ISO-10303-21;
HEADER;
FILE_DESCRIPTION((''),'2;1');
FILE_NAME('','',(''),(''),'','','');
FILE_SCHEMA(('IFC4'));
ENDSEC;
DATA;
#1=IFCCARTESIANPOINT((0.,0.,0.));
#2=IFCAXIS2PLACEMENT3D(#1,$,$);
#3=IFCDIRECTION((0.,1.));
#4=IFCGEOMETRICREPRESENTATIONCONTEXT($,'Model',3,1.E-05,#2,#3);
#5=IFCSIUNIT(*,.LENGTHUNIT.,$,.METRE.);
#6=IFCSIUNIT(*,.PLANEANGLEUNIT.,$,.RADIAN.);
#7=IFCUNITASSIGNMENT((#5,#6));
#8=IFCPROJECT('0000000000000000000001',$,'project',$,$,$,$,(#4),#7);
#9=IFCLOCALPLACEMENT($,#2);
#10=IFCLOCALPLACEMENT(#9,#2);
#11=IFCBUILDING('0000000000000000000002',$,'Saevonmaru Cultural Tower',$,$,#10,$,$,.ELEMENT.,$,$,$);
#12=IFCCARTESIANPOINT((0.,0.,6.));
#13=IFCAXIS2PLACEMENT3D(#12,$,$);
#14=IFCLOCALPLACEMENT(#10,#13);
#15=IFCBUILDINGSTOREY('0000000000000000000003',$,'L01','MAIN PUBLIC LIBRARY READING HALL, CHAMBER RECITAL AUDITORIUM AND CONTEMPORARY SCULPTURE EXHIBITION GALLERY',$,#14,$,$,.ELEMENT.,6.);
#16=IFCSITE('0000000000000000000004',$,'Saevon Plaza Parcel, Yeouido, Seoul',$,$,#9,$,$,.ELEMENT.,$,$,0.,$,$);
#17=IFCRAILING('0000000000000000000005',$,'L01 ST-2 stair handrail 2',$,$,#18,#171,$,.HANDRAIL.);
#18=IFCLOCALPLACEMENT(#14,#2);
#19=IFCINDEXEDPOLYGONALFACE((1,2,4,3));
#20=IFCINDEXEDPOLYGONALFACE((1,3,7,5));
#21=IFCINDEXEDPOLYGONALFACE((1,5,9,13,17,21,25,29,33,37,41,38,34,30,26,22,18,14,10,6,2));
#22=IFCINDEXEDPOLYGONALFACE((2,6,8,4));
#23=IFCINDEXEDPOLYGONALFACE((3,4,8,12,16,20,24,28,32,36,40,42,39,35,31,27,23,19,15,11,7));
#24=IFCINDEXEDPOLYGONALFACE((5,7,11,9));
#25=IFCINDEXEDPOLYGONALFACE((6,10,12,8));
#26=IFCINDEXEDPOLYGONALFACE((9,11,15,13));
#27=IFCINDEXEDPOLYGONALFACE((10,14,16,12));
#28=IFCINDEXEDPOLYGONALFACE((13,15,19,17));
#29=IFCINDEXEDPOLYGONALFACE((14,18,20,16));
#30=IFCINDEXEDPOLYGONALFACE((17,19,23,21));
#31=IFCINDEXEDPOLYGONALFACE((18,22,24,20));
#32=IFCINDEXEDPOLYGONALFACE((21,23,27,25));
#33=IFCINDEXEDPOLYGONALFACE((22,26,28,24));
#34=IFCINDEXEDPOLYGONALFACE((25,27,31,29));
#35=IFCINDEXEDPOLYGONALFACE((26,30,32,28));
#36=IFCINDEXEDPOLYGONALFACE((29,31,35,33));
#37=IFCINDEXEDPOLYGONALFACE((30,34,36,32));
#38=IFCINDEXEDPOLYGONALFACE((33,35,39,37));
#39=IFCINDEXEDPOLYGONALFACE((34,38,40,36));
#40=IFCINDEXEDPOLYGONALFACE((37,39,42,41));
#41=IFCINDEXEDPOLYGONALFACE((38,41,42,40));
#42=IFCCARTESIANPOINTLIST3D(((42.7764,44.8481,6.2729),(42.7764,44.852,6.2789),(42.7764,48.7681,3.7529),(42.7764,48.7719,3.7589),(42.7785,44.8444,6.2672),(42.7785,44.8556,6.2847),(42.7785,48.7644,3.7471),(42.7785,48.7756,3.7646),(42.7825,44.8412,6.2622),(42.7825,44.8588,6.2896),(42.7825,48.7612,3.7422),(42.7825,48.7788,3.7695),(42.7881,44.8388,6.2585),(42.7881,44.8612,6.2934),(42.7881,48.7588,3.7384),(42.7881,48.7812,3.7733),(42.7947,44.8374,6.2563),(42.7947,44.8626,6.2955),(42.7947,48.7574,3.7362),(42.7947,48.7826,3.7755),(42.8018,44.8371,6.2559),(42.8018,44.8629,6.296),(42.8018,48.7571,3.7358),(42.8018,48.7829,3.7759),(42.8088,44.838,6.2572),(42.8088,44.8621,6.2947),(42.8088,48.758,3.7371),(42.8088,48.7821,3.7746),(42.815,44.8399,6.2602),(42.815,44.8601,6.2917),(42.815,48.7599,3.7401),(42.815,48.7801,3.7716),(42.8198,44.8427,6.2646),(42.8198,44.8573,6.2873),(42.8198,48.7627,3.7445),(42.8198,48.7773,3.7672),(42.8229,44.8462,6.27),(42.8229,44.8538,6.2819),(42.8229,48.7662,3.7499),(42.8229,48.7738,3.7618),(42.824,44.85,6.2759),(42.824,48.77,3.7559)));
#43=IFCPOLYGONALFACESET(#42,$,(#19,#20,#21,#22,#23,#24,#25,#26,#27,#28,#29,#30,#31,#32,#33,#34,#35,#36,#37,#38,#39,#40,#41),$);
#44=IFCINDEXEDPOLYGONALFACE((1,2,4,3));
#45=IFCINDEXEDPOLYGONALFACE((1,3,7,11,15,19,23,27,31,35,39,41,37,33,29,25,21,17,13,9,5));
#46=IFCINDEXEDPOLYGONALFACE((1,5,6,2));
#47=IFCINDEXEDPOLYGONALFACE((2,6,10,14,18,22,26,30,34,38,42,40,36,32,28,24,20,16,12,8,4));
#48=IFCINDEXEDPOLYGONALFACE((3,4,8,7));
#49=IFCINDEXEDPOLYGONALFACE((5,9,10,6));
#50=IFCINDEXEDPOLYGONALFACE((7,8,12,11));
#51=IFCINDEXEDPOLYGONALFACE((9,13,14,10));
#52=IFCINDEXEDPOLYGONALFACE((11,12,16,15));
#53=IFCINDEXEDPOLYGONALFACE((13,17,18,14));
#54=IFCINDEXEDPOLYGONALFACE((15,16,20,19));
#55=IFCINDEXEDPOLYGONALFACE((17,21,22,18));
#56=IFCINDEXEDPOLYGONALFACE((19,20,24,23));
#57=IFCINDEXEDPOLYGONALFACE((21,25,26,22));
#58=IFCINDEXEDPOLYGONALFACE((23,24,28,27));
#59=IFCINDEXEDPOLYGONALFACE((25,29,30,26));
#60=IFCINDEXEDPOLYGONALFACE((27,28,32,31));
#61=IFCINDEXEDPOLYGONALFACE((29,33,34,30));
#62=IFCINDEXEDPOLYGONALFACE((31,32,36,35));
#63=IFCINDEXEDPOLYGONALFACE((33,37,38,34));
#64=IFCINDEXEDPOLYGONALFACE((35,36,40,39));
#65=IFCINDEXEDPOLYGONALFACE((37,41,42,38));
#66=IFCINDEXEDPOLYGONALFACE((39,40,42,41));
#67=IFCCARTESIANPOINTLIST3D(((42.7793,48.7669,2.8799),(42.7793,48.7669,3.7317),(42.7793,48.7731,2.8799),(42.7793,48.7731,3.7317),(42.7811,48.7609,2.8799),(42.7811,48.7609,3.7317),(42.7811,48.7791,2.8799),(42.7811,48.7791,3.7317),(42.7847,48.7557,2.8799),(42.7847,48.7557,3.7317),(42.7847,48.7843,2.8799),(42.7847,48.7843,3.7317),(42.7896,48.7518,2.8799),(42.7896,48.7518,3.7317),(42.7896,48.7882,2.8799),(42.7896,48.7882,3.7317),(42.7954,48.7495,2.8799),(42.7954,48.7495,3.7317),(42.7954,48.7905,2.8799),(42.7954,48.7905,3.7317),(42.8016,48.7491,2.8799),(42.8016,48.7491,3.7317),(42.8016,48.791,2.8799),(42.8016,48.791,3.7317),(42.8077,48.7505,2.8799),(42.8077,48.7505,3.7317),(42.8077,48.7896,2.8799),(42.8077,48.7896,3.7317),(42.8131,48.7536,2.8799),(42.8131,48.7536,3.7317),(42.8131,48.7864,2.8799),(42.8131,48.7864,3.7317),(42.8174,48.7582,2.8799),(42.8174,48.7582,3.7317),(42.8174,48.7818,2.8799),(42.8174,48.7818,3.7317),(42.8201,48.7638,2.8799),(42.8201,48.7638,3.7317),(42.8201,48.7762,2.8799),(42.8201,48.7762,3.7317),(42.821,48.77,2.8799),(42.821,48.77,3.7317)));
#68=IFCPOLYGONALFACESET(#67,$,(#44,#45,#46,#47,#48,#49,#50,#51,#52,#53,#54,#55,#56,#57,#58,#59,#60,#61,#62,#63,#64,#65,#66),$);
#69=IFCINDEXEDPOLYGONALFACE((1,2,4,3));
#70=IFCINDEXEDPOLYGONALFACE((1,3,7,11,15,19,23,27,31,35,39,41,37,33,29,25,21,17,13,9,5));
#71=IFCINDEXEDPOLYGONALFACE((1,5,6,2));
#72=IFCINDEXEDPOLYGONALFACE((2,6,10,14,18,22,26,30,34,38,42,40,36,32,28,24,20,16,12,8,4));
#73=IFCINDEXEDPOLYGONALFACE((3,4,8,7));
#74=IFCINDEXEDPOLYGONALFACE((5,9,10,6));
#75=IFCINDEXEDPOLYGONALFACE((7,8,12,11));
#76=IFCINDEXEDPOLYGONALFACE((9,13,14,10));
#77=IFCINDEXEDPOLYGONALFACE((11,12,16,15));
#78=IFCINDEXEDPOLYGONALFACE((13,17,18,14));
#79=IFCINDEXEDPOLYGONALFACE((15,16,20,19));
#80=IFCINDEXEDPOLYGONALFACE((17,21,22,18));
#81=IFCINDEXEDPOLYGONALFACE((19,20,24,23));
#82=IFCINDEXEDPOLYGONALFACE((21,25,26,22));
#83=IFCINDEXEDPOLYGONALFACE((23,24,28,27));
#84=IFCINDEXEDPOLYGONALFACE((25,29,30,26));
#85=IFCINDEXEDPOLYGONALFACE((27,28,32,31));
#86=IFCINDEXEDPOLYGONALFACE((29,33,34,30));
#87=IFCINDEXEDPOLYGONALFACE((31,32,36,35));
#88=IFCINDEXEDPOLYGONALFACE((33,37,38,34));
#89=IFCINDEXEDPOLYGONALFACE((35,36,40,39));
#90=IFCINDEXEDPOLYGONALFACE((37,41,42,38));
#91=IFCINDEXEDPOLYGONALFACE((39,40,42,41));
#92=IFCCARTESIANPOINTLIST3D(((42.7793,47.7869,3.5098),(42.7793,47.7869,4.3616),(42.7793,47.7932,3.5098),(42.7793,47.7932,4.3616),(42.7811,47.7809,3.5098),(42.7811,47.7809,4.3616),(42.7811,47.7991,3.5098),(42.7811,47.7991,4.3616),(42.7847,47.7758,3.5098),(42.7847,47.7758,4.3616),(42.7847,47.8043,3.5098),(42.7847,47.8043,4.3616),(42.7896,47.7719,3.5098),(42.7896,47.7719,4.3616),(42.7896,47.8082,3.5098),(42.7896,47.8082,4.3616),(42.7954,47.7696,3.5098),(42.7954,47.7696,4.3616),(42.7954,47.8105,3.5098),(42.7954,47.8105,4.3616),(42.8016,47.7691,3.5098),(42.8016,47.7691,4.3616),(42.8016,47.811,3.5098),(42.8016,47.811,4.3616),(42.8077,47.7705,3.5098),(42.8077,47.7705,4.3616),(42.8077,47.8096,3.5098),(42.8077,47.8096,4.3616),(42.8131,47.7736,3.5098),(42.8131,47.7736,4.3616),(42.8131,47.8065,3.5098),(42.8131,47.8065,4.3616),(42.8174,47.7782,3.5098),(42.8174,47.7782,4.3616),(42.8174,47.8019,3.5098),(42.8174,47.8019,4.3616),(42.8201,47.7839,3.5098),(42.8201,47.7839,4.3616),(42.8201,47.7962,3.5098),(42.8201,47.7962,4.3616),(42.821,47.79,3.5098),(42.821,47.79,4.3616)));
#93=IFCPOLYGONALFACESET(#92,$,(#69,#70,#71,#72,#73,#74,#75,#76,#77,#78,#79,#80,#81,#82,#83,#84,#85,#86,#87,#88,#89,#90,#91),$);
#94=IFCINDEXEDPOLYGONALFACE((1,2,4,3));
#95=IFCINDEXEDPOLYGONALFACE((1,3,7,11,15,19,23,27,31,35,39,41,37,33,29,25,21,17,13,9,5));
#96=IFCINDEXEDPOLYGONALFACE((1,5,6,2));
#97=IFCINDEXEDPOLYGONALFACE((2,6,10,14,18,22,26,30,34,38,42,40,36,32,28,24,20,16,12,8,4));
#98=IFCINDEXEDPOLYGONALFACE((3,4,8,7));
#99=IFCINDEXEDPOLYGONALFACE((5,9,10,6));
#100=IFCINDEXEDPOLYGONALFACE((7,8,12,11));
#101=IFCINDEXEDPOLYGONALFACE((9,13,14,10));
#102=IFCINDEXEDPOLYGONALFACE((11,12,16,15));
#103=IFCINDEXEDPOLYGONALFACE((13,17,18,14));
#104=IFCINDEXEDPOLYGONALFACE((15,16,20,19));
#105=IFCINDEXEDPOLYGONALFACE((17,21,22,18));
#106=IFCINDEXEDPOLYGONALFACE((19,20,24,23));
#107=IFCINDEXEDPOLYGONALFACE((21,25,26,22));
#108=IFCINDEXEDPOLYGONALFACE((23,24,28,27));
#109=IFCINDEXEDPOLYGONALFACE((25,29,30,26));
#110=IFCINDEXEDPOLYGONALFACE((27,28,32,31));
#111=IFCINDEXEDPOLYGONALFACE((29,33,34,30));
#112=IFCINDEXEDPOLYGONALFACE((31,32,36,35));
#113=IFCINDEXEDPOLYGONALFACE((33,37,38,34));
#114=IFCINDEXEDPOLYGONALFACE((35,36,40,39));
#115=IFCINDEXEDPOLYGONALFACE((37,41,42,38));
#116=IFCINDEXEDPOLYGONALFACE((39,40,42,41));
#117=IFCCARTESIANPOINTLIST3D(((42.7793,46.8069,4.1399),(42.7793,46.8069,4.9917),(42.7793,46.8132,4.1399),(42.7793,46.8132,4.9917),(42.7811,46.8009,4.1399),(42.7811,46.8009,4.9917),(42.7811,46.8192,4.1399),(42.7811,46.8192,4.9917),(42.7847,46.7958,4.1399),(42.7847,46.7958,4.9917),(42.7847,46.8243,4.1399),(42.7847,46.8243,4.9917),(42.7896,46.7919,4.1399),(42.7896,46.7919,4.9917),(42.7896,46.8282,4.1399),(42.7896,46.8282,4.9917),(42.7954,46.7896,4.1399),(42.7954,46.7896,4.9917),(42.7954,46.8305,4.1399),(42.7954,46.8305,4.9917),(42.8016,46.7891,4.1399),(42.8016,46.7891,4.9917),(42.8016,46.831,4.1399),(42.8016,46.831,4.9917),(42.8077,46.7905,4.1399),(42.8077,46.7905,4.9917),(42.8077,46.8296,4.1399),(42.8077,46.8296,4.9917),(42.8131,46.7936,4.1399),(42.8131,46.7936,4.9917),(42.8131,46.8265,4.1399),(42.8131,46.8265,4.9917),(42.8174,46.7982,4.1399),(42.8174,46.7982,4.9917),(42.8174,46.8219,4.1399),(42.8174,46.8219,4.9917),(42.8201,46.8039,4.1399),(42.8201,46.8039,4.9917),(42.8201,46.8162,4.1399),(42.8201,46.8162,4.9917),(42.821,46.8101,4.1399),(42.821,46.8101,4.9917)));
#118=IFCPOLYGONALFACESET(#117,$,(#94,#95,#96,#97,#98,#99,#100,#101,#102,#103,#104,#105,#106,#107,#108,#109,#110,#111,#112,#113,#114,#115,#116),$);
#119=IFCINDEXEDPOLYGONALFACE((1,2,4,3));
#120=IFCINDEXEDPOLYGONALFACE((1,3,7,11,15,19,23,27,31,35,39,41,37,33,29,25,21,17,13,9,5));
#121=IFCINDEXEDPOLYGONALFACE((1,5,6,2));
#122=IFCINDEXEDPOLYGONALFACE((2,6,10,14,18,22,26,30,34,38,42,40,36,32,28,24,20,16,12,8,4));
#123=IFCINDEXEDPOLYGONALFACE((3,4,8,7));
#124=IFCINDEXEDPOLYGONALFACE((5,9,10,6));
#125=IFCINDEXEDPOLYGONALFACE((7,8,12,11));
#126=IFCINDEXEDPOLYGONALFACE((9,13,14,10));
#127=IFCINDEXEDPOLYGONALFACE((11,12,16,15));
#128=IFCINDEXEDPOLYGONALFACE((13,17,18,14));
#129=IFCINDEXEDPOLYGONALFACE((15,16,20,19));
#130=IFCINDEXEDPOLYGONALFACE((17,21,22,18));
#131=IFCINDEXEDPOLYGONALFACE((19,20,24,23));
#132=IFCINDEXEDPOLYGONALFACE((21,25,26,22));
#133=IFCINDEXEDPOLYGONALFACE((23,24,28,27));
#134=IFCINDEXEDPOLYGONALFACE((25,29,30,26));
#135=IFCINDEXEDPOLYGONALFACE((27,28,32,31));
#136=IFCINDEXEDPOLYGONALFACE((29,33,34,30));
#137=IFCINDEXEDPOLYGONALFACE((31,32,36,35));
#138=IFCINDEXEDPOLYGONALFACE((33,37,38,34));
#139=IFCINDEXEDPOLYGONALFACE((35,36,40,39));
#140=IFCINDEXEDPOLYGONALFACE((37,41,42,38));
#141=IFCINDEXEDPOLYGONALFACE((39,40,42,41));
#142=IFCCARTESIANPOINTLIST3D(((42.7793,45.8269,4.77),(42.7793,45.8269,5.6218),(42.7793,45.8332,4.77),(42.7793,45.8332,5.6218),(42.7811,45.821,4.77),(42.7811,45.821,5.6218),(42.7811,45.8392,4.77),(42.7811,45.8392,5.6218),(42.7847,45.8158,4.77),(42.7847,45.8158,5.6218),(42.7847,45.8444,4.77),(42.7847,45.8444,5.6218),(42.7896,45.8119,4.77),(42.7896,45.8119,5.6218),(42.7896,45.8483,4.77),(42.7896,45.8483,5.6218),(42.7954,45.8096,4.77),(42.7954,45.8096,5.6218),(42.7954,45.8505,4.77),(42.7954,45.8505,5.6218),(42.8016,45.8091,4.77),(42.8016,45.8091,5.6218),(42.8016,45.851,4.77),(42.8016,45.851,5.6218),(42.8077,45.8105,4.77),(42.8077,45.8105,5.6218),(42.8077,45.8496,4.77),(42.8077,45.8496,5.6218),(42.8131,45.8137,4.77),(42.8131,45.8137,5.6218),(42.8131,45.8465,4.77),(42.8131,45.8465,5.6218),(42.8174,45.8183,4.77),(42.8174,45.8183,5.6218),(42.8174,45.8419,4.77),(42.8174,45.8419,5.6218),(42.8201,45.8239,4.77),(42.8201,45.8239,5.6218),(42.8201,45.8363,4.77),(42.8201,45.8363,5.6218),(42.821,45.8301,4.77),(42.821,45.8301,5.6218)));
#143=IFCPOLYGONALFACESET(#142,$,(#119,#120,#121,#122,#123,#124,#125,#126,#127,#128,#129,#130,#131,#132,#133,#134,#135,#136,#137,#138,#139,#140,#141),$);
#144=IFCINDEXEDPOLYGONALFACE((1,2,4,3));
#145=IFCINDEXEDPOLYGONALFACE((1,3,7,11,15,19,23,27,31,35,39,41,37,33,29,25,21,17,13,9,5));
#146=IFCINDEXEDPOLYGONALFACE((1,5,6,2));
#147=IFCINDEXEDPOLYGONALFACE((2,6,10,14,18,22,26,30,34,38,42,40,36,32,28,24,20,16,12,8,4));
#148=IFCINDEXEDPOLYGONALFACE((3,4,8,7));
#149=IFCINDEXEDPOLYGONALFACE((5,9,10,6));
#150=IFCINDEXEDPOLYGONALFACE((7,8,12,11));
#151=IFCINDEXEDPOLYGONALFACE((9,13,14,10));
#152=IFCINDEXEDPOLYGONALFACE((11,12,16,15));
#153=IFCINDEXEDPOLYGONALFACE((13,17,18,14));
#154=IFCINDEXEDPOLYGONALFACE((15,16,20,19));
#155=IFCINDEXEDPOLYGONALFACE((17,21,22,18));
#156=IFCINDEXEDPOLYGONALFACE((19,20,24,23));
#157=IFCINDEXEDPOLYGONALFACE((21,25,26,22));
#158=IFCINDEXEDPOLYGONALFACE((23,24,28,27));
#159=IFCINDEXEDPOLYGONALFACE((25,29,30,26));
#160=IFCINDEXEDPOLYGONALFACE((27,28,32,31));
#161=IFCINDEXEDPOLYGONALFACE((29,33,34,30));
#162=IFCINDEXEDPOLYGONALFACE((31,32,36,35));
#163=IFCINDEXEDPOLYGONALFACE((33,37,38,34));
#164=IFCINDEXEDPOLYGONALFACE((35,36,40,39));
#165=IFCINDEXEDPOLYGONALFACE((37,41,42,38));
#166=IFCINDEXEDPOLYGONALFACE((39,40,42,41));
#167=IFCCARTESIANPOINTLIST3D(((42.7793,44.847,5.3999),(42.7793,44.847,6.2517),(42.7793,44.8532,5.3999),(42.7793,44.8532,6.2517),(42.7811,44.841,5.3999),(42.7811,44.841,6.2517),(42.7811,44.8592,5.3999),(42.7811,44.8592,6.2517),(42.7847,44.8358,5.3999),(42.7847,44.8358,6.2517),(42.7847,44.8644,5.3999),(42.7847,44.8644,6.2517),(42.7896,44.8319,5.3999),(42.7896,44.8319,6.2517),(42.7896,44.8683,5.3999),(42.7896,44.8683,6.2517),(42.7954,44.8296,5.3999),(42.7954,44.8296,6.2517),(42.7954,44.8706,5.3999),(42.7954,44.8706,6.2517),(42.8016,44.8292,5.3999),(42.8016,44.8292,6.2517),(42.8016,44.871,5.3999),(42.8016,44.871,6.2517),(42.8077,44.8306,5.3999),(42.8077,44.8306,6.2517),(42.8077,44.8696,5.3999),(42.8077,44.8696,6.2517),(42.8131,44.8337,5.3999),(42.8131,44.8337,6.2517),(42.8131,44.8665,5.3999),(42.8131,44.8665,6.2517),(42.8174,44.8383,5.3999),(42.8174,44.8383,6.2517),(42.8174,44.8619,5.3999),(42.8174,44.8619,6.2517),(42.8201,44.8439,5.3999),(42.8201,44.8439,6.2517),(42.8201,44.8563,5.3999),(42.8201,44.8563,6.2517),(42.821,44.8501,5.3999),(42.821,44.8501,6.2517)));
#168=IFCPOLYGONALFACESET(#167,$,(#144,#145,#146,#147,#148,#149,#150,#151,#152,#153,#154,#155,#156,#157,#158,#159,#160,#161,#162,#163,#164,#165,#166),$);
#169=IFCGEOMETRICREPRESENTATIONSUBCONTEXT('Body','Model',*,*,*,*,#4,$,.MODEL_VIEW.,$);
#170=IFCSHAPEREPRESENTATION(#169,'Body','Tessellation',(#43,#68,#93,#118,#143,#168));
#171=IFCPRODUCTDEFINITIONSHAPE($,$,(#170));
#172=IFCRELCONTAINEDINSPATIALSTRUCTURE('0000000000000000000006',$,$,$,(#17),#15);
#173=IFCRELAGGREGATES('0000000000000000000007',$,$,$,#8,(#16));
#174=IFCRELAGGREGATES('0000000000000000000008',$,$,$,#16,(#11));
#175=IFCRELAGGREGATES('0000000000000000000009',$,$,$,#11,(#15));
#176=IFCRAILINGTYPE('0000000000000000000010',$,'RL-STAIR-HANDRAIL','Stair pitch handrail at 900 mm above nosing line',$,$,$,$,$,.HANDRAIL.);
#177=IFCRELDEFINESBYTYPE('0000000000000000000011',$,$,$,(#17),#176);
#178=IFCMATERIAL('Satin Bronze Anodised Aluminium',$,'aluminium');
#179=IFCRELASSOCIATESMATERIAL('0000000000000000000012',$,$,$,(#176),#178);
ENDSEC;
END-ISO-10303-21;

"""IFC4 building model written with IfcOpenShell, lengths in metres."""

from ifc_helpers import new_model, si_unit, direction, frame, origin, origin_2d, place, context, subcontext, project, spatial, circle, extrude, material, type_object, element, save


model = new_model("IFC4")

# Units and contexts
model_context = context("Model", 3, precision=1e-05, world=origin(), true_north=direction((0.0, 1.0)))
body_context = subcontext(model_context, "Body", "Model", "MODEL_VIEW")
ifc_project = project(units=[si_unit("LENGTHUNIT", "METRE"), si_unit("PLANEANGLEUNIT", "RADIAN")], contexts=[model_context])

# Site, building, storey
site_placement = place(None, origin())
site = spatial("IfcSite", under=ifc_project, at=site_placement, Name="Saevon Plaza Parcel, Yeouido, Seoul", CompositionType="ELEMENT", RefElevation=0.0)
building_placement = place(site_placement, origin())
building = spatial("IfcBuilding", under=site, at=building_placement, Name="Saevonmaru Cultural Tower", CompositionType="ELEMENT")
storey_placement = place(building_placement, frame((0.0, 0.0, 6.0)))
storey = spatial("IfcBuildingStorey", under=building, at=storey_placement, Name="L01", Description="MAIN PUBLIC LIBRARY READING HALL, CHAMBER RECITAL AUDITORIUM AND CONTEMPORARY SCULPTURE EXHIBITION GALLERY", CompositionType="ELEMENT", Elevation=6.0)

# Shared definitions
ifc_material_1 = material(Name="Satin Bronze Anodised Aluminium", Category="aluminium")

# Railing
railing_type_1 = type_object("IfcRailingType", Name="RL-STAIR-HANDRAIL", Description="Stair pitch handrail at 900 mm above nosing line", PredefinedType="HANDRAIL", material=ifc_material_1)
railing_1_placement = place(storey_placement, frame((42.8, 48.77, 2.8799)))
element("IfcRailing", 1, at=railing_1_placement, inside=storey, type_object=railing_type_1, Name="L01 ST-2 stair handrail 2", PredefinedType="HANDRAIL", context=body_context, shape_type="SweptSolid", body=[
    extrude(circle(Radius=0.0239, at=origin_2d()), frame((0.0, 0.0, 0.876), z_axis=(0.0, -0.841172, 0.540768), x_axis=(1.0, 0.0, 0.0)), (0.0, 0.0, 1.0), 4.6602),
    extrude(circle(Radius=0.021, at=origin_2d()), origin(), (0.0, 0.0, 1.0), 0.8518),
    extrude(circle(Radius=0.021, at=origin_2d()), frame((0.0, -0.98, 0.6299)), (0.0, 0.0, 1.0), 0.8518),
    extrude(circle(Radius=0.021, at=origin_2d()), frame((0.0, -1.96, 1.26)), (0.0, 0.0, 1.0), 0.8518),
    extrude(circle(Radius=0.021, at=origin_2d()), frame((0.0, -2.9399, 1.8901)), (0.0, 0.0, 1.0), 0.8518),
    extrude(circle(Radius=0.021, at=origin_2d()), frame((0.0, -3.9199, 2.52)), (0.0, 0.0, 1.0), 0.8518),
])

save(model, "model.ifc")
